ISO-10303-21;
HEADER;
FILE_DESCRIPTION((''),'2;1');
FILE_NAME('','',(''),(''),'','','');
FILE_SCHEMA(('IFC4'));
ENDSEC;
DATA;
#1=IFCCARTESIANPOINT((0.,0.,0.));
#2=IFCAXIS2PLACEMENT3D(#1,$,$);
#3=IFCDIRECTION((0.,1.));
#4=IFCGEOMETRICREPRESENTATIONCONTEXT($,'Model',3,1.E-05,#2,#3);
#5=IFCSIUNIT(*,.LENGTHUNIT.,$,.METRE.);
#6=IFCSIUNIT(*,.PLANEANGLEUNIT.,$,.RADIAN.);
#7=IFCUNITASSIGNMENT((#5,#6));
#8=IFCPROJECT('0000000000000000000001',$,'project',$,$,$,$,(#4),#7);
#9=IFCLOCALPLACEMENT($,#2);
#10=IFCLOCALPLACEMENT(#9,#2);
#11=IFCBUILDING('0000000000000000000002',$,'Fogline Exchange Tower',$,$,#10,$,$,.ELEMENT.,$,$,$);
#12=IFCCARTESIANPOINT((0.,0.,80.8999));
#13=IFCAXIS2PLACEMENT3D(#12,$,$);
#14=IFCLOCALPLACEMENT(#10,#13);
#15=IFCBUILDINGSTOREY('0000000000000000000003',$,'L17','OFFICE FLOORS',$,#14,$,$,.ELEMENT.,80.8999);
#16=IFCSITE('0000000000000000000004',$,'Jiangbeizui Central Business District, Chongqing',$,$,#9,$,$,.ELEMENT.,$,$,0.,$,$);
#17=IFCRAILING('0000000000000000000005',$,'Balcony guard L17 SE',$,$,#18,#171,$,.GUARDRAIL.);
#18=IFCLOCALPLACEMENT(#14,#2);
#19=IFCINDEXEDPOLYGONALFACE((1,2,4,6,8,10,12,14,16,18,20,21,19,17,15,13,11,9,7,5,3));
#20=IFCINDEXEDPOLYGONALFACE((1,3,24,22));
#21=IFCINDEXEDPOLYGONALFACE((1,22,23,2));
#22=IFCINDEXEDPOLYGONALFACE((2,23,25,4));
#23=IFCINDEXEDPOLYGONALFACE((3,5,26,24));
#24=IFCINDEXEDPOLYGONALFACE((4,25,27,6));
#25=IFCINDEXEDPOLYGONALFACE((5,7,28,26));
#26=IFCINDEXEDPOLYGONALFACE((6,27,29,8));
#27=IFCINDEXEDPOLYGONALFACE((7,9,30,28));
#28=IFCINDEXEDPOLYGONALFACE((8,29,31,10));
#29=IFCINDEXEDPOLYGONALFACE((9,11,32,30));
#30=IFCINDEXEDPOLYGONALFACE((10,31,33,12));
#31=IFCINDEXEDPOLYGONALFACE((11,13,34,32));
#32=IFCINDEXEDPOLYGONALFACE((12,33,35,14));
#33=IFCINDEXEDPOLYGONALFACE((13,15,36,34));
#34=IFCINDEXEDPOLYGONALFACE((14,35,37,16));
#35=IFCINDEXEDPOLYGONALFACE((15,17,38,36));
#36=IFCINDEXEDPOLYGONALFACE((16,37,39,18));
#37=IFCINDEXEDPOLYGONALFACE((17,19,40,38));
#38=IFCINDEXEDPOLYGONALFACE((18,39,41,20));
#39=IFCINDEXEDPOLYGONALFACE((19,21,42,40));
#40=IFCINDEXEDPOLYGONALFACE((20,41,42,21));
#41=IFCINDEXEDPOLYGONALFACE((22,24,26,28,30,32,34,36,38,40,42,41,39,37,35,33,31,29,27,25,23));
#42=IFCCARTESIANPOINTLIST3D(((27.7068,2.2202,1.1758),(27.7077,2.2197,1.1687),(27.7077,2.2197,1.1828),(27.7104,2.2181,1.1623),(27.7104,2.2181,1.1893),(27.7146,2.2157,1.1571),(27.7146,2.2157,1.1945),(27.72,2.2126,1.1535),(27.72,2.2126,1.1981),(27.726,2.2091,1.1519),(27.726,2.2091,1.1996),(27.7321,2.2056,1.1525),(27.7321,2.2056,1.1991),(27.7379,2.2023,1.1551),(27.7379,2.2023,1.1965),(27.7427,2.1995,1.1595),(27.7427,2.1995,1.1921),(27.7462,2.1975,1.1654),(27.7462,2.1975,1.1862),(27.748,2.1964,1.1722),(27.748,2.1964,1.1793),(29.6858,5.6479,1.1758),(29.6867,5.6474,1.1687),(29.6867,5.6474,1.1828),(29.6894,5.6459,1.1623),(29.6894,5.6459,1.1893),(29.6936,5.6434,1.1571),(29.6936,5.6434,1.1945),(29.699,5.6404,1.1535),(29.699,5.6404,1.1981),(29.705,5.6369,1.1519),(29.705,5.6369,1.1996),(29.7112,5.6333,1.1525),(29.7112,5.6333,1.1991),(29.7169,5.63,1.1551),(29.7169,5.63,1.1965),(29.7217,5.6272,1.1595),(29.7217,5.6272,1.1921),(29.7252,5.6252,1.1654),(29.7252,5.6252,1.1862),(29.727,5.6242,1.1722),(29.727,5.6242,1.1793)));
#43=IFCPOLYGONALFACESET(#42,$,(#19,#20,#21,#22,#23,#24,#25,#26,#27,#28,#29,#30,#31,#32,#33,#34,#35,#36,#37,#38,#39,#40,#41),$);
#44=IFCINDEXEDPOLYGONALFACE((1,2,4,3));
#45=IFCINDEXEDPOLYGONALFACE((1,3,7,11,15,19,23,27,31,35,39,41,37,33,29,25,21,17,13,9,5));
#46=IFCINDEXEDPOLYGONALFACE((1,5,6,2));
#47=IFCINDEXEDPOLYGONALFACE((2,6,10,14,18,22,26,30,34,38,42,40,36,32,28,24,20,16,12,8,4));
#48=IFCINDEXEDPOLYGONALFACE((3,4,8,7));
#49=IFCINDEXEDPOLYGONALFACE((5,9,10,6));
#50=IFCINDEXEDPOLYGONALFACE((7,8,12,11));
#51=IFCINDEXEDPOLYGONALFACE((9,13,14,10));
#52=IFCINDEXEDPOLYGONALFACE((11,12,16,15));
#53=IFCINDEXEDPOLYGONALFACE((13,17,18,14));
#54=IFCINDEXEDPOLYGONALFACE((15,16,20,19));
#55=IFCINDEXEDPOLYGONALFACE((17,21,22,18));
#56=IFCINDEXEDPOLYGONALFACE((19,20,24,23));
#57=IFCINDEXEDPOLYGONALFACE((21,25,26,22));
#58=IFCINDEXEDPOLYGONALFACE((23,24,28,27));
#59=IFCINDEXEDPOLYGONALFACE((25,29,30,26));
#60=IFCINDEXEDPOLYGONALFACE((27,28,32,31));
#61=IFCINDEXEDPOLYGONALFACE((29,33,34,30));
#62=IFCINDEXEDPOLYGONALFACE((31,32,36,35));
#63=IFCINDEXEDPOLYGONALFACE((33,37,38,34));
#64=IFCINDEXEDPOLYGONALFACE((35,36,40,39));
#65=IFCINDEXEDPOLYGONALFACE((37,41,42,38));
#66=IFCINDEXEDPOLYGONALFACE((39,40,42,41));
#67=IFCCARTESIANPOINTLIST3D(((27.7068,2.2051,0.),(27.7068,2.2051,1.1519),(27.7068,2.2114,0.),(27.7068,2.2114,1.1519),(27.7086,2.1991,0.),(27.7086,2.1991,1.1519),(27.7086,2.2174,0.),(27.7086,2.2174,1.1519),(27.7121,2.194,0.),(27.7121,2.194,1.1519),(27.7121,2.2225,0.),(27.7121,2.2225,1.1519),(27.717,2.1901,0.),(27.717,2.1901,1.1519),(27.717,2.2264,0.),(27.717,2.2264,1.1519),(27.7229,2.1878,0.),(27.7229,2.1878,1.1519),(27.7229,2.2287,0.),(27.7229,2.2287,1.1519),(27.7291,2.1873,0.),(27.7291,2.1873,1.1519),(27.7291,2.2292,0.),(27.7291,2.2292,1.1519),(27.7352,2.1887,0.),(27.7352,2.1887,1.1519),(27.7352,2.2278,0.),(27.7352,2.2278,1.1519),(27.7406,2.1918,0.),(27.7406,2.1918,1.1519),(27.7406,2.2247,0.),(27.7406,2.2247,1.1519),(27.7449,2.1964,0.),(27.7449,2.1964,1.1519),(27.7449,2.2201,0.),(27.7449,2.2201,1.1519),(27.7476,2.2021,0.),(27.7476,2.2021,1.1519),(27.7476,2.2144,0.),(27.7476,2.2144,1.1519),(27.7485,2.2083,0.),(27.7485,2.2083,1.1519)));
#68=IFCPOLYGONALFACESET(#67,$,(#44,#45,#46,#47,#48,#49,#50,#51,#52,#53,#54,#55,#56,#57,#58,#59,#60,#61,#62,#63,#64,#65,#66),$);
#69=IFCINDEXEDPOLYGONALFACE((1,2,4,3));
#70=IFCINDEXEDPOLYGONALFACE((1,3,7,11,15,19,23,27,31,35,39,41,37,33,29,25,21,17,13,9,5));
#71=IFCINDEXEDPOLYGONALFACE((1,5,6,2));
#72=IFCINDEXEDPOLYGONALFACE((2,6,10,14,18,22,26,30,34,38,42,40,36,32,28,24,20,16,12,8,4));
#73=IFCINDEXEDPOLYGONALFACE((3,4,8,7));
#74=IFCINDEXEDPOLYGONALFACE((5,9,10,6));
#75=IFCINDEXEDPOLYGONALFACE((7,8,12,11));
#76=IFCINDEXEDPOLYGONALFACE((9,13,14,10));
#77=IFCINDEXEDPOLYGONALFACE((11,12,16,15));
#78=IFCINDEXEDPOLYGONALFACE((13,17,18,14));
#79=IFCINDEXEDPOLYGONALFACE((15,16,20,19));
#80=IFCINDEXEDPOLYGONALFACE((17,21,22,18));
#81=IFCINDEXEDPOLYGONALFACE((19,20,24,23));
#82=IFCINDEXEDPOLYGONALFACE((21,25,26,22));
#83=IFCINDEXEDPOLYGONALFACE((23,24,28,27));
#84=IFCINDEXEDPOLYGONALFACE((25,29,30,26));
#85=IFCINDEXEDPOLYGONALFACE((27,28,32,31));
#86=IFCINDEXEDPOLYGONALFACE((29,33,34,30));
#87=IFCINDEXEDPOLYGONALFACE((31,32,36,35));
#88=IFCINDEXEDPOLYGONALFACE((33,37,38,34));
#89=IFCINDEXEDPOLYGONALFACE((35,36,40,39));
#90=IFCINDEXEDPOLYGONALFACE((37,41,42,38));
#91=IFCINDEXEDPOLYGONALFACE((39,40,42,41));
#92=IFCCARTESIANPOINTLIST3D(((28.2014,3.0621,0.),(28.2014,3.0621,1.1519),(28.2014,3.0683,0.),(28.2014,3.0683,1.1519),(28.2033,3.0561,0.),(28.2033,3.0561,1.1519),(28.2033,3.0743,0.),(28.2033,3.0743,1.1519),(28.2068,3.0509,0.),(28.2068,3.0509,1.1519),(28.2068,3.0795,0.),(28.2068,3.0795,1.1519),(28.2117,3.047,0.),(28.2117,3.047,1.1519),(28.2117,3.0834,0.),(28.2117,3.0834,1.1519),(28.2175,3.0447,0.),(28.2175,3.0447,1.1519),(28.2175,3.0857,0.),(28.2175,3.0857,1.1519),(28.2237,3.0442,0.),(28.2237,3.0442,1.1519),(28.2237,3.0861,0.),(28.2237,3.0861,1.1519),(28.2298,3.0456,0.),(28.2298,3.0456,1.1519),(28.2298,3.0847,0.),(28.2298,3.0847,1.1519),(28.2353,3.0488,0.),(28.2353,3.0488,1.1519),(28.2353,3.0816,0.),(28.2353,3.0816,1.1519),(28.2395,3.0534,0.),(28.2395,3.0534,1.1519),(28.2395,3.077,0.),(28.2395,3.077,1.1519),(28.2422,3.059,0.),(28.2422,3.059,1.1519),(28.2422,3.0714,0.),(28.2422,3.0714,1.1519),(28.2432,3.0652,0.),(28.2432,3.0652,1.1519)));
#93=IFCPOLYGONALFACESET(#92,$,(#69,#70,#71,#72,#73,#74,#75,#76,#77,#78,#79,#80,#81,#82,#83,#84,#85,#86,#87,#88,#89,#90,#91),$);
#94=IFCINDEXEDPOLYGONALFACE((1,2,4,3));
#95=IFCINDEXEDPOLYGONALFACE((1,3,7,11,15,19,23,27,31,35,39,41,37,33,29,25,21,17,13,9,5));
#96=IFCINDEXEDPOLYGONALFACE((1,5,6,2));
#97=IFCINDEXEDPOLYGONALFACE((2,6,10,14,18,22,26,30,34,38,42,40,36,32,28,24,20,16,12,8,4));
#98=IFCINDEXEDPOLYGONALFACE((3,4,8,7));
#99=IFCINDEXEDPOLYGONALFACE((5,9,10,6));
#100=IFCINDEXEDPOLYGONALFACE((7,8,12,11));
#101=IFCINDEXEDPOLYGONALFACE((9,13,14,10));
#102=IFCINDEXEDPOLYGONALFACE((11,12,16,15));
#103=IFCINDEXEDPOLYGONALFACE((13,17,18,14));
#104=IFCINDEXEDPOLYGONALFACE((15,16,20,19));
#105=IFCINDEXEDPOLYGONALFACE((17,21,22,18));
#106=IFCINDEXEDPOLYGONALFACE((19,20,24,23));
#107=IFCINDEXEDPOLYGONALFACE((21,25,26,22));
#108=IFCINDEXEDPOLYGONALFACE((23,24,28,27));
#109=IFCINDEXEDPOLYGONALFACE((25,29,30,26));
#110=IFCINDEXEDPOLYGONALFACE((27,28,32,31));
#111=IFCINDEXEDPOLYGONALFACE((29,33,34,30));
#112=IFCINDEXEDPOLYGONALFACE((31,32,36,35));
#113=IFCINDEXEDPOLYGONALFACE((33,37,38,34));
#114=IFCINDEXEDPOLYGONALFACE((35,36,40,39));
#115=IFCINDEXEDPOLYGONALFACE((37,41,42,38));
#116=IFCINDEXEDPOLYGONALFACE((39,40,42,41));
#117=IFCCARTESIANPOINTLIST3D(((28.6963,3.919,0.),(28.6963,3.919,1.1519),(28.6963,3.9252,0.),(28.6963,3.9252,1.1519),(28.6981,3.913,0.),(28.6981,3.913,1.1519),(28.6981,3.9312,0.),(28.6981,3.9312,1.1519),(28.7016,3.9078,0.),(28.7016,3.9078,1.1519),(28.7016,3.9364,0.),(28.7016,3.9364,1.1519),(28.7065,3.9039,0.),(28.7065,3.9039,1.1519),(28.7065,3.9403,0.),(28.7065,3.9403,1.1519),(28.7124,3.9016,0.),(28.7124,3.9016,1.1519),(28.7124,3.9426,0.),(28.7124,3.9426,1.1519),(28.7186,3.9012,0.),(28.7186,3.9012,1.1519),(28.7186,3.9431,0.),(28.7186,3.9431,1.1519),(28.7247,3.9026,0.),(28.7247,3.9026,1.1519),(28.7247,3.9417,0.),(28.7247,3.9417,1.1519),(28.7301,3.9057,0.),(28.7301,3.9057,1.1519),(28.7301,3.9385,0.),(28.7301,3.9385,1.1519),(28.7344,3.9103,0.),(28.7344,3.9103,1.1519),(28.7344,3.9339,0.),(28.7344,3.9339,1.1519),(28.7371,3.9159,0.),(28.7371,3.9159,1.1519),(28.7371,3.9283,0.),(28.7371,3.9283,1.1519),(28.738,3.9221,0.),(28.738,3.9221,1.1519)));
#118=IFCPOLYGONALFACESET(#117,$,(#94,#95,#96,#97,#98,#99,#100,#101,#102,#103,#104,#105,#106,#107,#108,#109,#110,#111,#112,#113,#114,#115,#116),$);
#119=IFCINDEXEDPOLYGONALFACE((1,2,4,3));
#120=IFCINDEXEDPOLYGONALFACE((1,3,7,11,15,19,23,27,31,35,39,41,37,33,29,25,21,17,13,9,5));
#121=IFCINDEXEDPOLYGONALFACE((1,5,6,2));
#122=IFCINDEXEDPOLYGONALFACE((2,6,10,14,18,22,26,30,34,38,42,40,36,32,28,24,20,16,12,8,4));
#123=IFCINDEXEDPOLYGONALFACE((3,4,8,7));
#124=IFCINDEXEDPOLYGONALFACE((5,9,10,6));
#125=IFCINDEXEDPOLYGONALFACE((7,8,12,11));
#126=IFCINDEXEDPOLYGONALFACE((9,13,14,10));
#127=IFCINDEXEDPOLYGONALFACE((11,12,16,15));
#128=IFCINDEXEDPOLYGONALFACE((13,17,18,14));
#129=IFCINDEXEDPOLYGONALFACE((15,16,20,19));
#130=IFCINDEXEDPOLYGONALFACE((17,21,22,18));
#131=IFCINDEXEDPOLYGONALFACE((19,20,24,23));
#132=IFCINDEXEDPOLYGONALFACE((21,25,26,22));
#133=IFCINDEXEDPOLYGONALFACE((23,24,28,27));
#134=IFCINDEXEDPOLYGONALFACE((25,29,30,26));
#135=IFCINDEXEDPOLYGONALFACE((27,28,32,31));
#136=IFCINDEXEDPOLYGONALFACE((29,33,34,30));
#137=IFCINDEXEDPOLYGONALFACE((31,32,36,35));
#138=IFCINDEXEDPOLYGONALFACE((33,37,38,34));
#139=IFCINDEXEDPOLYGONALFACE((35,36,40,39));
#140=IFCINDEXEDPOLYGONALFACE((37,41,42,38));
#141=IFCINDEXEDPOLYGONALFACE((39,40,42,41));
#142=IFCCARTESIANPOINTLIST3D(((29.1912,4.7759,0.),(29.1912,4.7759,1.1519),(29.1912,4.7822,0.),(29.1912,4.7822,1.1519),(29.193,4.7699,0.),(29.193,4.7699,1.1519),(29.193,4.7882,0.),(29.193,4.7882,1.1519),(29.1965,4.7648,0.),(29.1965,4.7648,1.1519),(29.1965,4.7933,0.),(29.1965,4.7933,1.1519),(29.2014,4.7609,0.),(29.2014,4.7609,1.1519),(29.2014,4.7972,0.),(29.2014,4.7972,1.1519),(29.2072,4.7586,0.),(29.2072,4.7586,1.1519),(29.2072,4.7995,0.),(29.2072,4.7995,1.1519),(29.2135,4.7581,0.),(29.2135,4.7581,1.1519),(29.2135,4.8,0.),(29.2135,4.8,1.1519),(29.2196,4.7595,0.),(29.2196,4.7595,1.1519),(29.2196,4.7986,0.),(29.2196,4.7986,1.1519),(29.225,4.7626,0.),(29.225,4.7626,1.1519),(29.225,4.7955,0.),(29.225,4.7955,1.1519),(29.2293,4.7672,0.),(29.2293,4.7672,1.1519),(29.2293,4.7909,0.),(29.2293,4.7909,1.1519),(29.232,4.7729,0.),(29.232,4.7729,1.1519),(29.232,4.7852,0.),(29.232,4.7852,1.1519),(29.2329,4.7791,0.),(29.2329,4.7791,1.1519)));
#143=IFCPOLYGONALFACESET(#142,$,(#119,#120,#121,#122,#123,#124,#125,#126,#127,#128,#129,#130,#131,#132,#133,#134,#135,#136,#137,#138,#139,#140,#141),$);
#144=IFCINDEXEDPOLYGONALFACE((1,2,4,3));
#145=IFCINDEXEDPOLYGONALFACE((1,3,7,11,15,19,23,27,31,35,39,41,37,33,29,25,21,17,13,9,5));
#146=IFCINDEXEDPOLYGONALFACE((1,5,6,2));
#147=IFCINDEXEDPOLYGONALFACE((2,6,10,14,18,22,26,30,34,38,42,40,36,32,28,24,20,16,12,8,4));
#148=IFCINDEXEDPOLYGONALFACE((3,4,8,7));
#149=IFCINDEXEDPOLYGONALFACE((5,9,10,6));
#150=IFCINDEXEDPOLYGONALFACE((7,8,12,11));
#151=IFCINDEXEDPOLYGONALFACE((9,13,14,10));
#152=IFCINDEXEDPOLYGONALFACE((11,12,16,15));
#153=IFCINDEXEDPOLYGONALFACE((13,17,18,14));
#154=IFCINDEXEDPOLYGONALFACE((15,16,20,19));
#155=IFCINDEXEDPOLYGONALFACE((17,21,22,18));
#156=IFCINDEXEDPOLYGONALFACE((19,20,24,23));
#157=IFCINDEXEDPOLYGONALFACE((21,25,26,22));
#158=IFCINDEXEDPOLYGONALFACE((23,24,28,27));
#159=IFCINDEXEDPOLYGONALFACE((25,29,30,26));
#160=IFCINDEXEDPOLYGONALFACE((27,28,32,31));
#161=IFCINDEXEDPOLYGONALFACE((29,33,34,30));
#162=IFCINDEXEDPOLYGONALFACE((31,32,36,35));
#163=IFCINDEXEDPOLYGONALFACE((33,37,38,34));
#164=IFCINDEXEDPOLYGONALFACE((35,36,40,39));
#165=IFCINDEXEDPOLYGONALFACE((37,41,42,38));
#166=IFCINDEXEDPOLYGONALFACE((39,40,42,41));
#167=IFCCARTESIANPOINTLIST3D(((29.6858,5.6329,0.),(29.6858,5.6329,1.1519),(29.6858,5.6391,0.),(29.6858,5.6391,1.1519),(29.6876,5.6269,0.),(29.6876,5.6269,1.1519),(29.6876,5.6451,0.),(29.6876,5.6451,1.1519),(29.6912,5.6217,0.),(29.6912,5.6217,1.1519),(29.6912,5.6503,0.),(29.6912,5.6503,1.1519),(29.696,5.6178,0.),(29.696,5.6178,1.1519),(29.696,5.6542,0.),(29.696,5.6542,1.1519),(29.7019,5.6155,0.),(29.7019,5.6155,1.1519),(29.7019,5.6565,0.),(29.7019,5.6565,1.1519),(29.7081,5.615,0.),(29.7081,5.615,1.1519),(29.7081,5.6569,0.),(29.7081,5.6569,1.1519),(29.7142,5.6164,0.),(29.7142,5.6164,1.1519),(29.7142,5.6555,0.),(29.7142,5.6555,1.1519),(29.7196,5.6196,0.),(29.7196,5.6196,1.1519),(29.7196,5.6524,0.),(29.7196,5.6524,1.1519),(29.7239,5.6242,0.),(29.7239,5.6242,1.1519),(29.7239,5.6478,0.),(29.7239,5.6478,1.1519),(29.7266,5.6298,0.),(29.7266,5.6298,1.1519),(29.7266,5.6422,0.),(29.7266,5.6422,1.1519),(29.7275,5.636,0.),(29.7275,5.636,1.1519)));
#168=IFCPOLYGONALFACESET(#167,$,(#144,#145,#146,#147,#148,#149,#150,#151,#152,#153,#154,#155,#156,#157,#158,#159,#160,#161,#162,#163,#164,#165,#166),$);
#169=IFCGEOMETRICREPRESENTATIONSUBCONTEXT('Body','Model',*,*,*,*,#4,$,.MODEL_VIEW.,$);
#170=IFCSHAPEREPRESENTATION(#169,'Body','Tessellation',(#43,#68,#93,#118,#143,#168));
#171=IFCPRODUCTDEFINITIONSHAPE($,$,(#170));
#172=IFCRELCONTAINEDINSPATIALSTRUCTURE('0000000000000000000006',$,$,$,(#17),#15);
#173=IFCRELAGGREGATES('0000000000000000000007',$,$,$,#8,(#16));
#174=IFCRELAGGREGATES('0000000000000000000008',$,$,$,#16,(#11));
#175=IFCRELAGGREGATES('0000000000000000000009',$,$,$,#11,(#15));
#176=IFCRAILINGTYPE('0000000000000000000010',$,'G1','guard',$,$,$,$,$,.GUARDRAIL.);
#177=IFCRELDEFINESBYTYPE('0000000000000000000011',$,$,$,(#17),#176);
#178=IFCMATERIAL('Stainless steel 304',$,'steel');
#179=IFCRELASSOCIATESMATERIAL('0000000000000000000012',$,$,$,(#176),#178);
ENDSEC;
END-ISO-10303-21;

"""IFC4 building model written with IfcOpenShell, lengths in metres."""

from ifc_helpers import new_model, si_unit, direction, frame, origin, origin_2d, place, context, subcontext, project, spatial, circle, extrude, material, type_object, element, save


model = new_model("IFC4")

# Units and contexts
model_context = context("Model", 3, precision=1e-05, world=origin(), true_north=direction((0.0, 1.0)))
body_context = subcontext(model_context, "Body", "Model", "MODEL_VIEW")
ifc_project = project(units=[si_unit("LENGTHUNIT", "METRE"), si_unit("PLANEANGLEUNIT", "RADIAN")], contexts=[model_context])

# Site, building, storey
site_placement = place(None, origin())
site = spatial("IfcSite", under=ifc_project, at=site_placement, Name="Jiangbeizui Central Business District, Chongqing", CompositionType="ELEMENT", RefElevation=0.0)
building_placement = place(site_placement, origin())
building = spatial("IfcBuilding", under=site, at=building_placement, Name="Fogline Exchange Tower", CompositionType="ELEMENT")
storey_placement = place(building_placement, frame((0.0, 0.0, 80.8999)))
storey = spatial("IfcBuildingStorey", under=building, at=storey_placement, Name="L17", Description="OFFICE FLOORS", CompositionType="ELEMENT", Elevation=80.8999)

# Railing
ifc_material_1 = material(Name="Stainless steel 304", Category="steel")
railing_type = type_object("IfcRailingType", Name="G1", Description="guard", PredefinedType="GUARDRAIL", material=ifc_material_1)
railing_placement = place(storey_placement, frame((27.7275, 2.2083, 0.0)))
element("IfcRailing", 1, at=railing_placement, inside=storey, type_object=railing_type, Name="Balcony guard L17 SE", PredefinedType="GUARDRAIL", context=body_context, shape_type="SweptSolid", body=[
    extrude(circle(Radius=0.0239, at=origin_2d()), frame((0.0, 0.0, 1.1758), z_axis=(0.5, 0.866025, 0.0), x_axis=(-0.866025, 0.5, 0.0)), (0.0, 0.0, 1.0), 3.958),
    extrude(circle(Radius=0.021, at=origin_2d()), origin(), (0.0, 0.0, 1.0), 1.1519),
    extrude(circle(Radius=0.021, at=origin_2d()), frame((0.4946, 0.8569, 0.0)), (0.0, 0.0, 1.0), 1.1519),
    extrude(circle(Radius=0.021, at=origin_2d()), frame((0.9895, 1.7139, 0.0)), (0.0, 0.0, 1.0), 1.1519),
    extrude(circle(Radius=0.021, at=origin_2d()), frame((1.4844, 2.5708, 0.0)), (0.0, 0.0, 1.0), 1.1519),
    extrude(circle(Radius=0.021, at=origin_2d()), frame((1.979, 3.4277, 0.0)), (0.0, 0.0, 1.0), 1.1519),
])

save(model, "model.ifc")
